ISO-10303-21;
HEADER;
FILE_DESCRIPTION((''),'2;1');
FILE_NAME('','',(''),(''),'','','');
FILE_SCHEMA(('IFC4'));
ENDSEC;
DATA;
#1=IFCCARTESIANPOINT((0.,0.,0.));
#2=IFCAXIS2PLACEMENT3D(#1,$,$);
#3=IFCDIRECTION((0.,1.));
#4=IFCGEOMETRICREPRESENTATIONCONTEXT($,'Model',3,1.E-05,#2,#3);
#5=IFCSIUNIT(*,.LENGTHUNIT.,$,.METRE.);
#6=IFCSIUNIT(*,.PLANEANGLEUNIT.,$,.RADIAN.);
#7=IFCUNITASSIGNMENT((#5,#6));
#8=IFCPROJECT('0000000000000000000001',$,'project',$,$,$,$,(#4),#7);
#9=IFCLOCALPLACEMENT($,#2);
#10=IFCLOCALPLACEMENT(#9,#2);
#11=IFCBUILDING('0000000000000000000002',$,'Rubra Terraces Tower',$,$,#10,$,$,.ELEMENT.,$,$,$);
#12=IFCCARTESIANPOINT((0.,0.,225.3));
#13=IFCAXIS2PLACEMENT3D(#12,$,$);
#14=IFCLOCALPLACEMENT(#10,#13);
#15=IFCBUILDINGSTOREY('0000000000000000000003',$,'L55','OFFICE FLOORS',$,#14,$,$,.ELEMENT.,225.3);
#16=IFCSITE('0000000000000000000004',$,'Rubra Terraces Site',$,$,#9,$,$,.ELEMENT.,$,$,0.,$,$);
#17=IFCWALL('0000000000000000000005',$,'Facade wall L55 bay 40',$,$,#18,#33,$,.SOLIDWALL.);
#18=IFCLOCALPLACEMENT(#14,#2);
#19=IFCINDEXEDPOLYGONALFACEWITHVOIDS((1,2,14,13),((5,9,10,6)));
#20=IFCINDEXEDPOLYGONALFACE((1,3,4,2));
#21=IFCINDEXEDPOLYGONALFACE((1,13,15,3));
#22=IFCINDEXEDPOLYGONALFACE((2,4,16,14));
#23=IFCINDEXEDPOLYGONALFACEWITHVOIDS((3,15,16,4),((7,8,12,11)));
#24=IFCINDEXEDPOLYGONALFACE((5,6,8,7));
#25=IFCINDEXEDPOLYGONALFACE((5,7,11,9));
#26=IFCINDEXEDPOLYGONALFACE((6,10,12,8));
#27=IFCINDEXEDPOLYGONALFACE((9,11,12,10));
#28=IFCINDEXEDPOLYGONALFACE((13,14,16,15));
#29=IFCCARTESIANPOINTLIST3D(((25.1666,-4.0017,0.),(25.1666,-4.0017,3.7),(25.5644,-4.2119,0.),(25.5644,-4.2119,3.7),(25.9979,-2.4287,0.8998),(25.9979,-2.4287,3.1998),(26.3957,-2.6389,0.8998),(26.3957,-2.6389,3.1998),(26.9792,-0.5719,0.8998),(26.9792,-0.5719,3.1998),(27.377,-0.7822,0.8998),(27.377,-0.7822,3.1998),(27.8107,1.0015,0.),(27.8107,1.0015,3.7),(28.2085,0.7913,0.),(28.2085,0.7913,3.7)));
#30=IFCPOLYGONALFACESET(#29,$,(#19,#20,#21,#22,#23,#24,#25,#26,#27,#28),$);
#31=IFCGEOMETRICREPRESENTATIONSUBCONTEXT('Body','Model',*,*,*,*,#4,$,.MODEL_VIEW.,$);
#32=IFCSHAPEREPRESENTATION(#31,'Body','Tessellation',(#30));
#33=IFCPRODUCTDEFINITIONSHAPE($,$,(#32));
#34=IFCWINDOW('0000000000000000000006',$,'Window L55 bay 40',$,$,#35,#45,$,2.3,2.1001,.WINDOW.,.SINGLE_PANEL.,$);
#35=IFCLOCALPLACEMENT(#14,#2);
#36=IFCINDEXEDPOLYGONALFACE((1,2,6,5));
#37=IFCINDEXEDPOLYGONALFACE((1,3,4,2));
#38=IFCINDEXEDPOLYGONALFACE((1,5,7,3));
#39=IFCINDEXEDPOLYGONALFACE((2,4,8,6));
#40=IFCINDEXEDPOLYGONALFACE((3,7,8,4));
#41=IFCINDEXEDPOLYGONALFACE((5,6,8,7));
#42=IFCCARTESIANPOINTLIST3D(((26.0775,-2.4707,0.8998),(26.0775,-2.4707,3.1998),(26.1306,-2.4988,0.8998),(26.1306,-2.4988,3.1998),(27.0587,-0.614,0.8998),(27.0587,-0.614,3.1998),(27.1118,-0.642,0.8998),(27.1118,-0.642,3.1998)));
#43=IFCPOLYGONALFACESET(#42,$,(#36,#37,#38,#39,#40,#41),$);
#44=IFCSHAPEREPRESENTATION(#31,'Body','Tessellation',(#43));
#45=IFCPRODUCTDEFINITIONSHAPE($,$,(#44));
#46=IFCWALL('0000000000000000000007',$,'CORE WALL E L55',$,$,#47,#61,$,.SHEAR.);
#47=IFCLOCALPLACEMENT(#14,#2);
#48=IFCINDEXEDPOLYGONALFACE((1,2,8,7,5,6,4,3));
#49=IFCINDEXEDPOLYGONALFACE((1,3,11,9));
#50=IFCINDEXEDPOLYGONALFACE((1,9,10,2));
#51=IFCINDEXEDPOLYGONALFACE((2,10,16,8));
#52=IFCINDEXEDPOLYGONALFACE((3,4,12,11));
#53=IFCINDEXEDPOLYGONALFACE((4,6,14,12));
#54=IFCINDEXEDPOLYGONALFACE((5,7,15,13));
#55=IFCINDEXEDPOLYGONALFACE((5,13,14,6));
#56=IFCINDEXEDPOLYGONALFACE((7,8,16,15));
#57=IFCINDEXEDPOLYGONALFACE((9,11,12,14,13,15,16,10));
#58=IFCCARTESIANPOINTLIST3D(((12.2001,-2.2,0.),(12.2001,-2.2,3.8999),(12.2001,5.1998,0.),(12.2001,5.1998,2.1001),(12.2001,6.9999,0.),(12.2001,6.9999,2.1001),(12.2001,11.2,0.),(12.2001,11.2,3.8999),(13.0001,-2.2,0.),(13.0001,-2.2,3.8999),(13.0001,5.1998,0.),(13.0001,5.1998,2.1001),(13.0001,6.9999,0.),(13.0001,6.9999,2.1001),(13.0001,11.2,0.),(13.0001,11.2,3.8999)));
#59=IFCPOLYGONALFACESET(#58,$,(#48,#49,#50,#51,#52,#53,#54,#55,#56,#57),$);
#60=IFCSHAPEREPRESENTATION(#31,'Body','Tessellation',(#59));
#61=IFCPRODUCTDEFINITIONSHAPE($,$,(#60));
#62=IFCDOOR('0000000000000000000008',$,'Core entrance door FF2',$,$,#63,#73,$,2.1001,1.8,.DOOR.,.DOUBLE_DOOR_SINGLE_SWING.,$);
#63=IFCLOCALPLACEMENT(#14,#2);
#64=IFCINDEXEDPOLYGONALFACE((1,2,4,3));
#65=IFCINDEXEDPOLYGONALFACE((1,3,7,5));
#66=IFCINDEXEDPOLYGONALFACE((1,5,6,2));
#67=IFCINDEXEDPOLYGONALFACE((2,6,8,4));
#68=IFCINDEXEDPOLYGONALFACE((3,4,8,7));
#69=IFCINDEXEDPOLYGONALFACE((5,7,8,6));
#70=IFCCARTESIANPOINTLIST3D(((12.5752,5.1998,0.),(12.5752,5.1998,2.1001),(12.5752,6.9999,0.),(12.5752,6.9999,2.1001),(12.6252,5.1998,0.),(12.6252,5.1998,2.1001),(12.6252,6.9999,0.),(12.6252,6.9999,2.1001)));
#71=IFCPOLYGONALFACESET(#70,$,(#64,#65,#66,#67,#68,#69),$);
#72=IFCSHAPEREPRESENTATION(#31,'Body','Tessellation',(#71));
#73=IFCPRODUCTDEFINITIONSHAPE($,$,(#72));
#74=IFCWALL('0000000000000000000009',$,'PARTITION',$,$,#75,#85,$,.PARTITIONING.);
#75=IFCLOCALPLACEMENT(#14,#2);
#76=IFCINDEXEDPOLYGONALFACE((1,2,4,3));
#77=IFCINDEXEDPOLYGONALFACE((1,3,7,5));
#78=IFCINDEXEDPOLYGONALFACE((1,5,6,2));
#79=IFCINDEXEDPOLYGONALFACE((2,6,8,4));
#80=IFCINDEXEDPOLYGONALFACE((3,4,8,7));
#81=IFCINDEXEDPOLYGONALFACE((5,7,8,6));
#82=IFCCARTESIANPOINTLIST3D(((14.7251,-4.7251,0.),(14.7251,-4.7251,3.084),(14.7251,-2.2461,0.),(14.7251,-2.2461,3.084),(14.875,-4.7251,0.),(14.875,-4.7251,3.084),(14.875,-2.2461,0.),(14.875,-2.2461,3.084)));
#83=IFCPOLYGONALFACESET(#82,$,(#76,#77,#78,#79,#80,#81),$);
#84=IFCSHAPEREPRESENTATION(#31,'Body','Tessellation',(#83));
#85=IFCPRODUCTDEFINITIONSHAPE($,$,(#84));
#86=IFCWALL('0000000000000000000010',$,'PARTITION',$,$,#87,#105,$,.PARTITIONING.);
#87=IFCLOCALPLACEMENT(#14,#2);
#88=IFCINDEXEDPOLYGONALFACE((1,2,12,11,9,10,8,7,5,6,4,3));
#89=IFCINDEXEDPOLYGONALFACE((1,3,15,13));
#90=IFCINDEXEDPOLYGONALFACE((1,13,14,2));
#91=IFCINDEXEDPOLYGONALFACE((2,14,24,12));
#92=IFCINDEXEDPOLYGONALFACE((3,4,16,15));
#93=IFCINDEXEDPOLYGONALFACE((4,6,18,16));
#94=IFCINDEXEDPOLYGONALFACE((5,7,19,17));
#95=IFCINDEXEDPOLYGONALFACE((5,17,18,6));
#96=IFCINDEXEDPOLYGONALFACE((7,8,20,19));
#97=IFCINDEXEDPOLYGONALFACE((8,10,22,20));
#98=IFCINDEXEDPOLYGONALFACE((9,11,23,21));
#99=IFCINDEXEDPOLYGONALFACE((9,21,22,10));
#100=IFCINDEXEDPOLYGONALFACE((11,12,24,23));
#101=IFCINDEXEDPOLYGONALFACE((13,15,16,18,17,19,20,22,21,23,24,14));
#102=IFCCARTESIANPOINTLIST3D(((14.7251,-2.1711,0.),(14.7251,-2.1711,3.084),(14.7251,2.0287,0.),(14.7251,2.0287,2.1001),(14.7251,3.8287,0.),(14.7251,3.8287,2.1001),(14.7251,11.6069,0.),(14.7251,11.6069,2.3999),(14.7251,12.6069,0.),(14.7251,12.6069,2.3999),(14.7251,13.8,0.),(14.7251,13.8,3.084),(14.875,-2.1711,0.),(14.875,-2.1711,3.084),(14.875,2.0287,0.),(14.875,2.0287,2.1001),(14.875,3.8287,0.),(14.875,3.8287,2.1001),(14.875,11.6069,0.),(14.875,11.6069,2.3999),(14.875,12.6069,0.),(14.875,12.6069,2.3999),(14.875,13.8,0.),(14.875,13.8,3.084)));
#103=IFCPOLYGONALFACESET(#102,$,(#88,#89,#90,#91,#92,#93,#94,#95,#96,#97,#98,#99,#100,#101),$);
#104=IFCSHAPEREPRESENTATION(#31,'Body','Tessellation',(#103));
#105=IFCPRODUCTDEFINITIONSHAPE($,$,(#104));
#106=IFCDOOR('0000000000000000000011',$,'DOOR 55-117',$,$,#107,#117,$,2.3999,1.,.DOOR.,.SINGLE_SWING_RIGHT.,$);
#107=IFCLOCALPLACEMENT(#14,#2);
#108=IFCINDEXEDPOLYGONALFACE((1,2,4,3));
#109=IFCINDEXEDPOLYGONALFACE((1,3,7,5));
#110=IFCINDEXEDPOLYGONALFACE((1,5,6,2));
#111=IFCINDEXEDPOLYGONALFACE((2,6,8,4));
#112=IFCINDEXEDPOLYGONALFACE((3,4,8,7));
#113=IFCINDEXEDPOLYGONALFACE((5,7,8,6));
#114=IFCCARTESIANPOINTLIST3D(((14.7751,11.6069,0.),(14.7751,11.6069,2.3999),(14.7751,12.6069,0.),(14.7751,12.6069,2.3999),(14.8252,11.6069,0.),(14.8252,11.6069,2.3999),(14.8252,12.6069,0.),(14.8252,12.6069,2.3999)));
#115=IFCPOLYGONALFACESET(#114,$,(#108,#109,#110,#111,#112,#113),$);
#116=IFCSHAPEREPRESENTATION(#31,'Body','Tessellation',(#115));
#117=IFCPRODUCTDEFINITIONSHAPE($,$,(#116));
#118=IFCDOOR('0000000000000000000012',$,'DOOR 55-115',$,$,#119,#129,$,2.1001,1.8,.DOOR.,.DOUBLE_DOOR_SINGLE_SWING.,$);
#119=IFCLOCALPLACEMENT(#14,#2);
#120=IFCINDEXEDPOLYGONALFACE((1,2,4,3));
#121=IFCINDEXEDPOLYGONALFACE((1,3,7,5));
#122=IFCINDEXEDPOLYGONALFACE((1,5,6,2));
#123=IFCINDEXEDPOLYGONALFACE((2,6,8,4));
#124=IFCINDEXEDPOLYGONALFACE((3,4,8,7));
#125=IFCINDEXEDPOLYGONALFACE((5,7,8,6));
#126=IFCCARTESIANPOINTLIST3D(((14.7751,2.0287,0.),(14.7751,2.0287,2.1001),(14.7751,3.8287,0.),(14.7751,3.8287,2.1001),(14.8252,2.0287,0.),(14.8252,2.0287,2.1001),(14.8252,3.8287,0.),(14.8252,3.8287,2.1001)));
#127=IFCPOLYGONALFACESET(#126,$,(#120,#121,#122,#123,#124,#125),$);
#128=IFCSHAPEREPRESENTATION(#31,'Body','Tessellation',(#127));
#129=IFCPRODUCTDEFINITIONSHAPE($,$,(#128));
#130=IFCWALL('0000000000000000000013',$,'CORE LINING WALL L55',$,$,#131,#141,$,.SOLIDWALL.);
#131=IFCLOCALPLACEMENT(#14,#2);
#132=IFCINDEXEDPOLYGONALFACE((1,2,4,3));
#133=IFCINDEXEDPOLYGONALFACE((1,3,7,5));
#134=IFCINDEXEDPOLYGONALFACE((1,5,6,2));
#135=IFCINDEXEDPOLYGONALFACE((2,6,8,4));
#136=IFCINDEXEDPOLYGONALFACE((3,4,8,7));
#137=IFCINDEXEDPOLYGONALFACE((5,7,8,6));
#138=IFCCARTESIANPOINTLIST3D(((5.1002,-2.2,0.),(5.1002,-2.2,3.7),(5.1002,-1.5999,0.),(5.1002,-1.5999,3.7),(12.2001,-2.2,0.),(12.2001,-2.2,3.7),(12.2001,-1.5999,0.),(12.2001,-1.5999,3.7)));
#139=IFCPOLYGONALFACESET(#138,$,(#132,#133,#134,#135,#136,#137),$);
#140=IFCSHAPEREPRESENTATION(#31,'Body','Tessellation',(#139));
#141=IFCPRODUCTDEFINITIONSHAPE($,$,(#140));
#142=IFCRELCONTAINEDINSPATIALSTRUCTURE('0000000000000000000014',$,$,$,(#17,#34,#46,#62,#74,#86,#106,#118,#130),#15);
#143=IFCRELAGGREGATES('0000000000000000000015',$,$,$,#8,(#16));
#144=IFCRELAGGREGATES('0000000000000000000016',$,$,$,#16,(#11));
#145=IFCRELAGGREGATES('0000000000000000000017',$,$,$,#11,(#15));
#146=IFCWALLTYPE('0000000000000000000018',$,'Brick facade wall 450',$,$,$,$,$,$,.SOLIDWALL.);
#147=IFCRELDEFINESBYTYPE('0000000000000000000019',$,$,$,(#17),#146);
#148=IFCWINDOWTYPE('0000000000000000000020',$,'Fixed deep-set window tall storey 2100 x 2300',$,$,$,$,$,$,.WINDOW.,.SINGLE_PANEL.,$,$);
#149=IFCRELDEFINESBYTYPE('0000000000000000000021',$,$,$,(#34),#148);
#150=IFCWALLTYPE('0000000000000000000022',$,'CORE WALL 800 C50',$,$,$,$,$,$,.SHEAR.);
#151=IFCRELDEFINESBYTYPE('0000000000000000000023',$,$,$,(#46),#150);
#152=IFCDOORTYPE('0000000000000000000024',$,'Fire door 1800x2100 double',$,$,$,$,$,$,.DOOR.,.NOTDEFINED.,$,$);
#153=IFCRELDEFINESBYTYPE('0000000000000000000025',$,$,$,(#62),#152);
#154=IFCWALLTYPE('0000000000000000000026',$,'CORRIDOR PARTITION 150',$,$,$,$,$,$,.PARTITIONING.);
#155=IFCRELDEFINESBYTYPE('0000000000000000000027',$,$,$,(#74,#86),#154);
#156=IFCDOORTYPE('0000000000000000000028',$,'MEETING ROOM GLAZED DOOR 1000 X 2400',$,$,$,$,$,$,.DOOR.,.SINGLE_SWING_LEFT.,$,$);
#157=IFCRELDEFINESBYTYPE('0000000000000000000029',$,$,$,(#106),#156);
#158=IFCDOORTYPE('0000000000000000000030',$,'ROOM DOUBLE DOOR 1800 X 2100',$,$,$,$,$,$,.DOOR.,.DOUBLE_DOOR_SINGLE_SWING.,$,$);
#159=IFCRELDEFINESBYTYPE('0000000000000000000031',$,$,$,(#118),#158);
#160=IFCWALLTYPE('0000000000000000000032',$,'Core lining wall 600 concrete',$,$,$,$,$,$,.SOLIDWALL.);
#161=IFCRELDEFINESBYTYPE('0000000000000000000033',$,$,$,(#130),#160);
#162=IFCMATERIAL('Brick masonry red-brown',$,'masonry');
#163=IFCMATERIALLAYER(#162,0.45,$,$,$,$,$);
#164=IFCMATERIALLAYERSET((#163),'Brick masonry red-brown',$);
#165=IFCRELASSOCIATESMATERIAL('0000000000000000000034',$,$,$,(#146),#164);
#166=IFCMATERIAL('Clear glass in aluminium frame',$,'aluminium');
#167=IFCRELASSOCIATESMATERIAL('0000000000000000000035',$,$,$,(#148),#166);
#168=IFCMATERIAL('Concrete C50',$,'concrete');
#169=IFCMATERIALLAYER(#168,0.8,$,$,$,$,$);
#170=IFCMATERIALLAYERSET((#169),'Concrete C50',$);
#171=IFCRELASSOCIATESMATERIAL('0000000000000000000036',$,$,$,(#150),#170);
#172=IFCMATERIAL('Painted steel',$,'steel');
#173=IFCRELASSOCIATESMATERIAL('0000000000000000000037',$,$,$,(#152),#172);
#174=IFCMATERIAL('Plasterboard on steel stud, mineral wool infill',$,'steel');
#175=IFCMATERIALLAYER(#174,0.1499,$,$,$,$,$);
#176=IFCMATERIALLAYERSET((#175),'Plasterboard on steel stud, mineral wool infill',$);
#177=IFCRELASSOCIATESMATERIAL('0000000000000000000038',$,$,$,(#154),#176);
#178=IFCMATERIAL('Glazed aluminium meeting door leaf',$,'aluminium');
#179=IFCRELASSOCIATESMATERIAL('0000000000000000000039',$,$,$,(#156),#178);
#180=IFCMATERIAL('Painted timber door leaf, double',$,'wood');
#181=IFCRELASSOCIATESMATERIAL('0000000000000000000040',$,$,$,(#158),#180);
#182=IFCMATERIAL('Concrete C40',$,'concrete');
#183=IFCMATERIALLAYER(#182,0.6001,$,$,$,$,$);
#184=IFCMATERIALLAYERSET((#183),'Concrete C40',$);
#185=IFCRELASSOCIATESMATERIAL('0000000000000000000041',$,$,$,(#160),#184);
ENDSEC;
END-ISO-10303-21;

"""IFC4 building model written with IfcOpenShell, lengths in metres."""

from ifc_helpers import new_model, si_unit, direction, frame, frame_2d, origin, place, context, subcontext, project, spatial, rectangle, extrude, material, layer, layer_set, type_object, element, fill, save


model = new_model("IFC4")

# Units and contexts
model_context = context("Model", 3, precision=1e-05, world=origin(), true_north=direction((0.0, 1.0)))
body_context = subcontext(model_context, "Body", "Model", "MODEL_VIEW")
ifc_project = project(units=[si_unit("LENGTHUNIT", "METRE"), si_unit("PLANEANGLEUNIT", "RADIAN")], contexts=[model_context])

# Site, building, storey
site_placement = place(None, origin())
site = spatial("IfcSite", under=ifc_project, at=site_placement, Name="Rubra Terraces Site", CompositionType="ELEMENT", RefElevation=0.0)
building_placement = place(site_placement, origin())
building = spatial("IfcBuilding", under=site, at=building_placement, Name="Rubra Terraces Tower", CompositionType="ELEMENT")
storey_placement = place(building_placement, frame((0.0, 0.0, 225.3)))
storey = spatial("IfcBuildingStorey", under=building, at=storey_placement, Name="L55", Description="OFFICE FLOORS", CompositionType="ELEMENT", Elevation=225.3)

# Shared definitions
ifc_material_1 = material(Name="Concrete C50", Category="concrete")

# Wall, opening, window
ifc_material_2 = material(Name="Brick masonry red-brown", Category="masonry")
ifc_layer_1 = layer(ifc_material_2, 0.45)
ifc_layer_set_1 = layer_set([ifc_layer_1], Name="Brick masonry red-brown")
wall_type_1 = type_object("IfcWallType", Name="Brick facade wall 450", PredefinedType="SOLIDWALL", material=ifc_layer_set_1)
ifc_material_3 = material(Name="Clear glass in aluminium frame", Category="aluminium")
window_type = type_object("IfcWindowType", Name="Fixed deep-set window tall storey 2100 x 2300", PartitioningType="SINGLE_PANEL", PredefinedType="WINDOW", material=ifc_material_3)
wall_1_placement = place(storey_placement, frame((25.3655, -4.1069, 0.0), z_axis=(0.0, 0.0, 1.0), x_axis=(0.467239, 0.884131, 0.0)))
wall_1 = element("IfcWall", 1, at=wall_1_placement, inside=storey, type_object=wall_type_1, Name="Facade wall L55 bay 40", PredefinedType="SOLIDWALL", context=body_context, shape_type="SweptSolid", body=[
    extrude(rectangle(XDim=5.6589, YDim=0.45, at=frame_2d((2.8296, 0.0))), origin(), (0.0, 0.0, 1.0), 3.7),
])
opening_1_placement = place(wall_1_placement, frame((1.7793, 0.0, 0.8999)))
opening_1 = element("IfcOpeningElement", 2, at=opening_1_placement, cuts=wall_1, PredefinedType="OPENING", context=body_context, shape_type="SweptSolid", body=[
    extrude(rectangle(XDim=2.1001, YDim=2.3, at=frame_2d((1.05, 1.1499))), frame((0.0, 0.2349, 0.0), z_axis=(0.0, -1.0, 0.0), x_axis=(1.0, 0.0, 0.0)), (0.0, 0.0, 1.0), 0.47),
])
window_1_placement = place(opening_1_placement, origin())
window_1 = element("IfcWindow", 3, at=window_1_placement, inside=storey, type_object=window_type, Name="Window L55 bay 40", OverallHeight=2.3, OverallWidth=2.1001, PartitioningType="SINGLE_PANEL", PredefinedType="WINDOW", context=body_context, shape_type="SweptSolid", body=[
    extrude(rectangle(XDim=2.1001, YDim=2.3, at=frame_2d((1.05, 1.1499))), frame((0.0, 0.135, 0.0), z_axis=(0.0, -1.0, 0.0), x_axis=(1.0, 0.0, 0.0)), (0.0, 0.0, 1.0), 0.0601),
])
fill(opening_1, window_1)

# Wall, opening, door
ifc_layer_2 = layer(ifc_material_1, 0.8)
ifc_layer_set_2 = layer_set([ifc_layer_2], Name="Concrete C50")
wall_type_2 = type_object("IfcWallType", Name="CORE WALL 800 C50", PredefinedType="SHEAR", material=ifc_layer_set_2)
wall_2_placement = place(storey_placement, frame((12.6001, -2.2, 0.0), z_axis=(0.0, 0.0, 1.0), x_axis=(0.0, 1.0, 0.0)))
wall_2 = element("IfcWall", 4, at=wall_2_placement, inside=storey, type_object=wall_type_2, Name="CORE WALL E L55", PredefinedType="SHEAR", context=body_context, shape_type="SweptSolid", body=[
    extrude(rectangle(XDim=13.3999, YDim=0.8, at=frame_2d((6.7, 0.0))), origin(), (0.0, 0.0, 1.0), 3.8999),
])
opening_2_placement = place(wall_2_placement, frame((7.3999, 0.0, 0.0)))
opening_2 = element("IfcOpeningElement", 5, at=opening_2_placement, cuts=wall_2, PredefinedType="OPENING", context=body_context, shape_type="SweptSolid", body=[
    extrude(rectangle(XDim=1.8, YDim=2.1001, at=frame_2d((0.8999, 1.05))), frame((0.0, 0.4099, 0.0), z_axis=(0.0, -1.0, 0.0), x_axis=(1.0, 0.0, 0.0)), (0.0, 0.0, 1.0), 0.8201),
])
ifc_material_4 = material(Name="Painted steel", Category="steel")
door_type_1 = type_object("IfcDoorType", Name="Fire door 1800x2100 double", OperationType="NOTDEFINED", PredefinedType="DOOR", material=ifc_material_4)
door_1_placement = place(opening_2_placement, origin())
door_1 = element("IfcDoor", 6, at=door_1_placement, inside=storey, type_object=door_type_1, Name="Core entrance door FF2", OperationType="DOUBLE_DOOR_SINGLE_SWING", OverallHeight=2.1001, OverallWidth=1.8, PredefinedType="DOOR", context=body_context, shape_type="SweptSolid", body=[
    extrude(rectangle(XDim=1.8, YDim=2.1001, at=frame_2d((0.8999, 1.05))), frame((0.0, 0.0249, 0.0), z_axis=(0.0, -1.0, 0.0), x_axis=(1.0, 0.0, 0.0)), (0.0, 0.0, 1.0), 0.05),
])
fill(opening_2, door_1)

# Wall
ifc_material_5 = material(Name="Plasterboard on steel stud, mineral wool infill", Category="steel")
ifc_layer_3 = layer(ifc_material_5, 0.1499)
ifc_layer_set_3 = layer_set([ifc_layer_3], Name="Plasterboard on steel stud, mineral wool infill")
wall_type_3 = type_object("IfcWallType", Name="CORRIDOR PARTITION 150", PredefinedType="PARTITIONING", material=ifc_layer_set_3)
wall_3_placement = place(storey_placement, frame((14.8, -4.7251, 0.0), z_axis=(0.0, 0.0, 1.0), x_axis=(0.0, 1.0, 0.0)))
element("IfcWall", 7, at=wall_3_placement, inside=storey, type_object=wall_type_3, Name="PARTITION", PredefinedType="PARTITIONING", context=body_context, shape_type="SweptSolid", body=[
    extrude(rectangle(XDim=2.479, YDim=0.1499, at=frame_2d((1.2395, 0.0))), origin(), (0.0, 0.0, 1.0), 3.084),
])

# Wall, openings, doors
wall_4_placement = place(storey_placement, frame((14.8, -2.1711, 0.0), z_axis=(0.0, 0.0, 1.0), x_axis=(0.0, 1.0, 0.0)))
wall_4 = element("IfcWall", 8, at=wall_4_placement, inside=storey, type_object=wall_type_3, Name="PARTITION", PredefinedType="PARTITIONING", context=body_context, shape_type="SweptSolid", body=[
    extrude(rectangle(XDim=15.9712, YDim=0.1499, at=frame_2d((7.9856, 0.0))), origin(), (0.0, 0.0, 1.0), 3.084),
])
opening_3_placement = place(wall_4_placement, frame((4.2, 0.0, 0.0)))
opening_3 = element("IfcOpeningElement", 9, at=opening_3_placement, cuts=wall_4, PredefinedType="OPENING", context=body_context, shape_type="SweptSolid", body=[
    extrude(rectangle(XDim=1.8, YDim=2.1001, at=frame_2d((0.8999, 1.05))), frame((0.0, 0.085, 0.0), z_axis=(0.0, -1.0, 0.0), x_axis=(1.0, 0.0, 0.0)), (0.0, 0.0, 1.0), 0.1699),
])
opening_4_placement = place(wall_4_placement, frame((13.7781, 0.0, 0.0)))
opening_4 = element("IfcOpeningElement", 10, at=opening_4_placement, cuts=wall_4, PredefinedType="OPENING", context=body_context, shape_type="SweptSolid", body=[
    extrude(rectangle(XDim=1.0, YDim=2.3999, at=frame_2d((0.5, 1.2))), frame((0.0, 0.085, 0.0), z_axis=(0.0, -1.0, 0.0), x_axis=(1.0, 0.0, 0.0)), (0.0, 0.0, 1.0), 0.1699),
])
ifc_material_6 = material(Name="Glazed aluminium meeting door leaf", Category="aluminium")
door_type_2 = type_object("IfcDoorType", Name="MEETING ROOM GLAZED DOOR 1000 X 2400", OperationType="SINGLE_SWING_LEFT", PredefinedType="DOOR", material=ifc_material_6)
door_2_placement = place(opening_4_placement, origin())
door_2 = element("IfcDoor", 11, at=door_2_placement, inside=storey, type_object=door_type_2, Name="DOOR 55-117", OperationType="SINGLE_SWING_RIGHT", OverallHeight=2.3999, OverallWidth=1.0, PredefinedType="DOOR", context=body_context, shape_type="SweptSolid", body=[
    extrude(rectangle(XDim=1.0, YDim=2.3999, at=frame_2d((0.5, 1.2))), frame((0.0, 0.0249, 0.0), z_axis=(0.0, -1.0, 0.0), x_axis=(1.0, 0.0, 0.0)), (0.0, 0.0, 1.0), 0.05),
])
fill(opening_4, door_2)
ifc_material_7 = material(Name="Painted timber door leaf, double", Category="wood")
door_type_3 = type_object("IfcDoorType", Name="ROOM DOUBLE DOOR 1800 X 2100", OperationType="DOUBLE_DOOR_SINGLE_SWING", PredefinedType="DOOR", material=ifc_material_7)
door_3_placement = place(opening_3_placement, origin())
door_3 = element("IfcDoor", 12, at=door_3_placement, inside=storey, type_object=door_type_3, Name="DOOR 55-115", OperationType="DOUBLE_DOOR_SINGLE_SWING", OverallHeight=2.1001, OverallWidth=1.8, PredefinedType="DOOR", context=body_context, shape_type="SweptSolid", body=[
    extrude(rectangle(XDim=1.8, YDim=2.1001, at=frame_2d((0.8999, 1.05))), frame((0.0, 0.0249, 0.0), z_axis=(0.0, -1.0, 0.0), x_axis=(1.0, 0.0, 0.0)), (0.0, 0.0, 1.0), 0.05),
])
fill(opening_3, door_3)

# Wall
ifc_material_8 = material(Name="Concrete C40", Category="concrete")
ifc_layer_4 = layer(ifc_material_8, 0.6001)
ifc_layer_set_4 = layer_set([ifc_layer_4], Name="Concrete C40")
wall_type_4 = type_object("IfcWallType", Name="Core lining wall 600 concrete", PredefinedType="SOLIDWALL", material=ifc_layer_set_4)
wall_5_placement = place(storey_placement, frame((12.2, -1.8999, 0.0), z_axis=(0.0, 0.0, 1.0), x_axis=(-1.0, 0.0, 0.0)))
element("IfcWall", 13, at=wall_5_placement, inside=storey, type_object=wall_type_4, Name="CORE LINING WALL L55", PredefinedType="SOLIDWALL", context=body_context, shape_type="SweptSolid", body=[
    extrude(rectangle(XDim=7.0999, YDim=0.6001, at=frame_2d((3.5498, 0.0))), origin(), (0.0, 0.0, 1.0), 3.7),
])

save(model, "model.ifc")
